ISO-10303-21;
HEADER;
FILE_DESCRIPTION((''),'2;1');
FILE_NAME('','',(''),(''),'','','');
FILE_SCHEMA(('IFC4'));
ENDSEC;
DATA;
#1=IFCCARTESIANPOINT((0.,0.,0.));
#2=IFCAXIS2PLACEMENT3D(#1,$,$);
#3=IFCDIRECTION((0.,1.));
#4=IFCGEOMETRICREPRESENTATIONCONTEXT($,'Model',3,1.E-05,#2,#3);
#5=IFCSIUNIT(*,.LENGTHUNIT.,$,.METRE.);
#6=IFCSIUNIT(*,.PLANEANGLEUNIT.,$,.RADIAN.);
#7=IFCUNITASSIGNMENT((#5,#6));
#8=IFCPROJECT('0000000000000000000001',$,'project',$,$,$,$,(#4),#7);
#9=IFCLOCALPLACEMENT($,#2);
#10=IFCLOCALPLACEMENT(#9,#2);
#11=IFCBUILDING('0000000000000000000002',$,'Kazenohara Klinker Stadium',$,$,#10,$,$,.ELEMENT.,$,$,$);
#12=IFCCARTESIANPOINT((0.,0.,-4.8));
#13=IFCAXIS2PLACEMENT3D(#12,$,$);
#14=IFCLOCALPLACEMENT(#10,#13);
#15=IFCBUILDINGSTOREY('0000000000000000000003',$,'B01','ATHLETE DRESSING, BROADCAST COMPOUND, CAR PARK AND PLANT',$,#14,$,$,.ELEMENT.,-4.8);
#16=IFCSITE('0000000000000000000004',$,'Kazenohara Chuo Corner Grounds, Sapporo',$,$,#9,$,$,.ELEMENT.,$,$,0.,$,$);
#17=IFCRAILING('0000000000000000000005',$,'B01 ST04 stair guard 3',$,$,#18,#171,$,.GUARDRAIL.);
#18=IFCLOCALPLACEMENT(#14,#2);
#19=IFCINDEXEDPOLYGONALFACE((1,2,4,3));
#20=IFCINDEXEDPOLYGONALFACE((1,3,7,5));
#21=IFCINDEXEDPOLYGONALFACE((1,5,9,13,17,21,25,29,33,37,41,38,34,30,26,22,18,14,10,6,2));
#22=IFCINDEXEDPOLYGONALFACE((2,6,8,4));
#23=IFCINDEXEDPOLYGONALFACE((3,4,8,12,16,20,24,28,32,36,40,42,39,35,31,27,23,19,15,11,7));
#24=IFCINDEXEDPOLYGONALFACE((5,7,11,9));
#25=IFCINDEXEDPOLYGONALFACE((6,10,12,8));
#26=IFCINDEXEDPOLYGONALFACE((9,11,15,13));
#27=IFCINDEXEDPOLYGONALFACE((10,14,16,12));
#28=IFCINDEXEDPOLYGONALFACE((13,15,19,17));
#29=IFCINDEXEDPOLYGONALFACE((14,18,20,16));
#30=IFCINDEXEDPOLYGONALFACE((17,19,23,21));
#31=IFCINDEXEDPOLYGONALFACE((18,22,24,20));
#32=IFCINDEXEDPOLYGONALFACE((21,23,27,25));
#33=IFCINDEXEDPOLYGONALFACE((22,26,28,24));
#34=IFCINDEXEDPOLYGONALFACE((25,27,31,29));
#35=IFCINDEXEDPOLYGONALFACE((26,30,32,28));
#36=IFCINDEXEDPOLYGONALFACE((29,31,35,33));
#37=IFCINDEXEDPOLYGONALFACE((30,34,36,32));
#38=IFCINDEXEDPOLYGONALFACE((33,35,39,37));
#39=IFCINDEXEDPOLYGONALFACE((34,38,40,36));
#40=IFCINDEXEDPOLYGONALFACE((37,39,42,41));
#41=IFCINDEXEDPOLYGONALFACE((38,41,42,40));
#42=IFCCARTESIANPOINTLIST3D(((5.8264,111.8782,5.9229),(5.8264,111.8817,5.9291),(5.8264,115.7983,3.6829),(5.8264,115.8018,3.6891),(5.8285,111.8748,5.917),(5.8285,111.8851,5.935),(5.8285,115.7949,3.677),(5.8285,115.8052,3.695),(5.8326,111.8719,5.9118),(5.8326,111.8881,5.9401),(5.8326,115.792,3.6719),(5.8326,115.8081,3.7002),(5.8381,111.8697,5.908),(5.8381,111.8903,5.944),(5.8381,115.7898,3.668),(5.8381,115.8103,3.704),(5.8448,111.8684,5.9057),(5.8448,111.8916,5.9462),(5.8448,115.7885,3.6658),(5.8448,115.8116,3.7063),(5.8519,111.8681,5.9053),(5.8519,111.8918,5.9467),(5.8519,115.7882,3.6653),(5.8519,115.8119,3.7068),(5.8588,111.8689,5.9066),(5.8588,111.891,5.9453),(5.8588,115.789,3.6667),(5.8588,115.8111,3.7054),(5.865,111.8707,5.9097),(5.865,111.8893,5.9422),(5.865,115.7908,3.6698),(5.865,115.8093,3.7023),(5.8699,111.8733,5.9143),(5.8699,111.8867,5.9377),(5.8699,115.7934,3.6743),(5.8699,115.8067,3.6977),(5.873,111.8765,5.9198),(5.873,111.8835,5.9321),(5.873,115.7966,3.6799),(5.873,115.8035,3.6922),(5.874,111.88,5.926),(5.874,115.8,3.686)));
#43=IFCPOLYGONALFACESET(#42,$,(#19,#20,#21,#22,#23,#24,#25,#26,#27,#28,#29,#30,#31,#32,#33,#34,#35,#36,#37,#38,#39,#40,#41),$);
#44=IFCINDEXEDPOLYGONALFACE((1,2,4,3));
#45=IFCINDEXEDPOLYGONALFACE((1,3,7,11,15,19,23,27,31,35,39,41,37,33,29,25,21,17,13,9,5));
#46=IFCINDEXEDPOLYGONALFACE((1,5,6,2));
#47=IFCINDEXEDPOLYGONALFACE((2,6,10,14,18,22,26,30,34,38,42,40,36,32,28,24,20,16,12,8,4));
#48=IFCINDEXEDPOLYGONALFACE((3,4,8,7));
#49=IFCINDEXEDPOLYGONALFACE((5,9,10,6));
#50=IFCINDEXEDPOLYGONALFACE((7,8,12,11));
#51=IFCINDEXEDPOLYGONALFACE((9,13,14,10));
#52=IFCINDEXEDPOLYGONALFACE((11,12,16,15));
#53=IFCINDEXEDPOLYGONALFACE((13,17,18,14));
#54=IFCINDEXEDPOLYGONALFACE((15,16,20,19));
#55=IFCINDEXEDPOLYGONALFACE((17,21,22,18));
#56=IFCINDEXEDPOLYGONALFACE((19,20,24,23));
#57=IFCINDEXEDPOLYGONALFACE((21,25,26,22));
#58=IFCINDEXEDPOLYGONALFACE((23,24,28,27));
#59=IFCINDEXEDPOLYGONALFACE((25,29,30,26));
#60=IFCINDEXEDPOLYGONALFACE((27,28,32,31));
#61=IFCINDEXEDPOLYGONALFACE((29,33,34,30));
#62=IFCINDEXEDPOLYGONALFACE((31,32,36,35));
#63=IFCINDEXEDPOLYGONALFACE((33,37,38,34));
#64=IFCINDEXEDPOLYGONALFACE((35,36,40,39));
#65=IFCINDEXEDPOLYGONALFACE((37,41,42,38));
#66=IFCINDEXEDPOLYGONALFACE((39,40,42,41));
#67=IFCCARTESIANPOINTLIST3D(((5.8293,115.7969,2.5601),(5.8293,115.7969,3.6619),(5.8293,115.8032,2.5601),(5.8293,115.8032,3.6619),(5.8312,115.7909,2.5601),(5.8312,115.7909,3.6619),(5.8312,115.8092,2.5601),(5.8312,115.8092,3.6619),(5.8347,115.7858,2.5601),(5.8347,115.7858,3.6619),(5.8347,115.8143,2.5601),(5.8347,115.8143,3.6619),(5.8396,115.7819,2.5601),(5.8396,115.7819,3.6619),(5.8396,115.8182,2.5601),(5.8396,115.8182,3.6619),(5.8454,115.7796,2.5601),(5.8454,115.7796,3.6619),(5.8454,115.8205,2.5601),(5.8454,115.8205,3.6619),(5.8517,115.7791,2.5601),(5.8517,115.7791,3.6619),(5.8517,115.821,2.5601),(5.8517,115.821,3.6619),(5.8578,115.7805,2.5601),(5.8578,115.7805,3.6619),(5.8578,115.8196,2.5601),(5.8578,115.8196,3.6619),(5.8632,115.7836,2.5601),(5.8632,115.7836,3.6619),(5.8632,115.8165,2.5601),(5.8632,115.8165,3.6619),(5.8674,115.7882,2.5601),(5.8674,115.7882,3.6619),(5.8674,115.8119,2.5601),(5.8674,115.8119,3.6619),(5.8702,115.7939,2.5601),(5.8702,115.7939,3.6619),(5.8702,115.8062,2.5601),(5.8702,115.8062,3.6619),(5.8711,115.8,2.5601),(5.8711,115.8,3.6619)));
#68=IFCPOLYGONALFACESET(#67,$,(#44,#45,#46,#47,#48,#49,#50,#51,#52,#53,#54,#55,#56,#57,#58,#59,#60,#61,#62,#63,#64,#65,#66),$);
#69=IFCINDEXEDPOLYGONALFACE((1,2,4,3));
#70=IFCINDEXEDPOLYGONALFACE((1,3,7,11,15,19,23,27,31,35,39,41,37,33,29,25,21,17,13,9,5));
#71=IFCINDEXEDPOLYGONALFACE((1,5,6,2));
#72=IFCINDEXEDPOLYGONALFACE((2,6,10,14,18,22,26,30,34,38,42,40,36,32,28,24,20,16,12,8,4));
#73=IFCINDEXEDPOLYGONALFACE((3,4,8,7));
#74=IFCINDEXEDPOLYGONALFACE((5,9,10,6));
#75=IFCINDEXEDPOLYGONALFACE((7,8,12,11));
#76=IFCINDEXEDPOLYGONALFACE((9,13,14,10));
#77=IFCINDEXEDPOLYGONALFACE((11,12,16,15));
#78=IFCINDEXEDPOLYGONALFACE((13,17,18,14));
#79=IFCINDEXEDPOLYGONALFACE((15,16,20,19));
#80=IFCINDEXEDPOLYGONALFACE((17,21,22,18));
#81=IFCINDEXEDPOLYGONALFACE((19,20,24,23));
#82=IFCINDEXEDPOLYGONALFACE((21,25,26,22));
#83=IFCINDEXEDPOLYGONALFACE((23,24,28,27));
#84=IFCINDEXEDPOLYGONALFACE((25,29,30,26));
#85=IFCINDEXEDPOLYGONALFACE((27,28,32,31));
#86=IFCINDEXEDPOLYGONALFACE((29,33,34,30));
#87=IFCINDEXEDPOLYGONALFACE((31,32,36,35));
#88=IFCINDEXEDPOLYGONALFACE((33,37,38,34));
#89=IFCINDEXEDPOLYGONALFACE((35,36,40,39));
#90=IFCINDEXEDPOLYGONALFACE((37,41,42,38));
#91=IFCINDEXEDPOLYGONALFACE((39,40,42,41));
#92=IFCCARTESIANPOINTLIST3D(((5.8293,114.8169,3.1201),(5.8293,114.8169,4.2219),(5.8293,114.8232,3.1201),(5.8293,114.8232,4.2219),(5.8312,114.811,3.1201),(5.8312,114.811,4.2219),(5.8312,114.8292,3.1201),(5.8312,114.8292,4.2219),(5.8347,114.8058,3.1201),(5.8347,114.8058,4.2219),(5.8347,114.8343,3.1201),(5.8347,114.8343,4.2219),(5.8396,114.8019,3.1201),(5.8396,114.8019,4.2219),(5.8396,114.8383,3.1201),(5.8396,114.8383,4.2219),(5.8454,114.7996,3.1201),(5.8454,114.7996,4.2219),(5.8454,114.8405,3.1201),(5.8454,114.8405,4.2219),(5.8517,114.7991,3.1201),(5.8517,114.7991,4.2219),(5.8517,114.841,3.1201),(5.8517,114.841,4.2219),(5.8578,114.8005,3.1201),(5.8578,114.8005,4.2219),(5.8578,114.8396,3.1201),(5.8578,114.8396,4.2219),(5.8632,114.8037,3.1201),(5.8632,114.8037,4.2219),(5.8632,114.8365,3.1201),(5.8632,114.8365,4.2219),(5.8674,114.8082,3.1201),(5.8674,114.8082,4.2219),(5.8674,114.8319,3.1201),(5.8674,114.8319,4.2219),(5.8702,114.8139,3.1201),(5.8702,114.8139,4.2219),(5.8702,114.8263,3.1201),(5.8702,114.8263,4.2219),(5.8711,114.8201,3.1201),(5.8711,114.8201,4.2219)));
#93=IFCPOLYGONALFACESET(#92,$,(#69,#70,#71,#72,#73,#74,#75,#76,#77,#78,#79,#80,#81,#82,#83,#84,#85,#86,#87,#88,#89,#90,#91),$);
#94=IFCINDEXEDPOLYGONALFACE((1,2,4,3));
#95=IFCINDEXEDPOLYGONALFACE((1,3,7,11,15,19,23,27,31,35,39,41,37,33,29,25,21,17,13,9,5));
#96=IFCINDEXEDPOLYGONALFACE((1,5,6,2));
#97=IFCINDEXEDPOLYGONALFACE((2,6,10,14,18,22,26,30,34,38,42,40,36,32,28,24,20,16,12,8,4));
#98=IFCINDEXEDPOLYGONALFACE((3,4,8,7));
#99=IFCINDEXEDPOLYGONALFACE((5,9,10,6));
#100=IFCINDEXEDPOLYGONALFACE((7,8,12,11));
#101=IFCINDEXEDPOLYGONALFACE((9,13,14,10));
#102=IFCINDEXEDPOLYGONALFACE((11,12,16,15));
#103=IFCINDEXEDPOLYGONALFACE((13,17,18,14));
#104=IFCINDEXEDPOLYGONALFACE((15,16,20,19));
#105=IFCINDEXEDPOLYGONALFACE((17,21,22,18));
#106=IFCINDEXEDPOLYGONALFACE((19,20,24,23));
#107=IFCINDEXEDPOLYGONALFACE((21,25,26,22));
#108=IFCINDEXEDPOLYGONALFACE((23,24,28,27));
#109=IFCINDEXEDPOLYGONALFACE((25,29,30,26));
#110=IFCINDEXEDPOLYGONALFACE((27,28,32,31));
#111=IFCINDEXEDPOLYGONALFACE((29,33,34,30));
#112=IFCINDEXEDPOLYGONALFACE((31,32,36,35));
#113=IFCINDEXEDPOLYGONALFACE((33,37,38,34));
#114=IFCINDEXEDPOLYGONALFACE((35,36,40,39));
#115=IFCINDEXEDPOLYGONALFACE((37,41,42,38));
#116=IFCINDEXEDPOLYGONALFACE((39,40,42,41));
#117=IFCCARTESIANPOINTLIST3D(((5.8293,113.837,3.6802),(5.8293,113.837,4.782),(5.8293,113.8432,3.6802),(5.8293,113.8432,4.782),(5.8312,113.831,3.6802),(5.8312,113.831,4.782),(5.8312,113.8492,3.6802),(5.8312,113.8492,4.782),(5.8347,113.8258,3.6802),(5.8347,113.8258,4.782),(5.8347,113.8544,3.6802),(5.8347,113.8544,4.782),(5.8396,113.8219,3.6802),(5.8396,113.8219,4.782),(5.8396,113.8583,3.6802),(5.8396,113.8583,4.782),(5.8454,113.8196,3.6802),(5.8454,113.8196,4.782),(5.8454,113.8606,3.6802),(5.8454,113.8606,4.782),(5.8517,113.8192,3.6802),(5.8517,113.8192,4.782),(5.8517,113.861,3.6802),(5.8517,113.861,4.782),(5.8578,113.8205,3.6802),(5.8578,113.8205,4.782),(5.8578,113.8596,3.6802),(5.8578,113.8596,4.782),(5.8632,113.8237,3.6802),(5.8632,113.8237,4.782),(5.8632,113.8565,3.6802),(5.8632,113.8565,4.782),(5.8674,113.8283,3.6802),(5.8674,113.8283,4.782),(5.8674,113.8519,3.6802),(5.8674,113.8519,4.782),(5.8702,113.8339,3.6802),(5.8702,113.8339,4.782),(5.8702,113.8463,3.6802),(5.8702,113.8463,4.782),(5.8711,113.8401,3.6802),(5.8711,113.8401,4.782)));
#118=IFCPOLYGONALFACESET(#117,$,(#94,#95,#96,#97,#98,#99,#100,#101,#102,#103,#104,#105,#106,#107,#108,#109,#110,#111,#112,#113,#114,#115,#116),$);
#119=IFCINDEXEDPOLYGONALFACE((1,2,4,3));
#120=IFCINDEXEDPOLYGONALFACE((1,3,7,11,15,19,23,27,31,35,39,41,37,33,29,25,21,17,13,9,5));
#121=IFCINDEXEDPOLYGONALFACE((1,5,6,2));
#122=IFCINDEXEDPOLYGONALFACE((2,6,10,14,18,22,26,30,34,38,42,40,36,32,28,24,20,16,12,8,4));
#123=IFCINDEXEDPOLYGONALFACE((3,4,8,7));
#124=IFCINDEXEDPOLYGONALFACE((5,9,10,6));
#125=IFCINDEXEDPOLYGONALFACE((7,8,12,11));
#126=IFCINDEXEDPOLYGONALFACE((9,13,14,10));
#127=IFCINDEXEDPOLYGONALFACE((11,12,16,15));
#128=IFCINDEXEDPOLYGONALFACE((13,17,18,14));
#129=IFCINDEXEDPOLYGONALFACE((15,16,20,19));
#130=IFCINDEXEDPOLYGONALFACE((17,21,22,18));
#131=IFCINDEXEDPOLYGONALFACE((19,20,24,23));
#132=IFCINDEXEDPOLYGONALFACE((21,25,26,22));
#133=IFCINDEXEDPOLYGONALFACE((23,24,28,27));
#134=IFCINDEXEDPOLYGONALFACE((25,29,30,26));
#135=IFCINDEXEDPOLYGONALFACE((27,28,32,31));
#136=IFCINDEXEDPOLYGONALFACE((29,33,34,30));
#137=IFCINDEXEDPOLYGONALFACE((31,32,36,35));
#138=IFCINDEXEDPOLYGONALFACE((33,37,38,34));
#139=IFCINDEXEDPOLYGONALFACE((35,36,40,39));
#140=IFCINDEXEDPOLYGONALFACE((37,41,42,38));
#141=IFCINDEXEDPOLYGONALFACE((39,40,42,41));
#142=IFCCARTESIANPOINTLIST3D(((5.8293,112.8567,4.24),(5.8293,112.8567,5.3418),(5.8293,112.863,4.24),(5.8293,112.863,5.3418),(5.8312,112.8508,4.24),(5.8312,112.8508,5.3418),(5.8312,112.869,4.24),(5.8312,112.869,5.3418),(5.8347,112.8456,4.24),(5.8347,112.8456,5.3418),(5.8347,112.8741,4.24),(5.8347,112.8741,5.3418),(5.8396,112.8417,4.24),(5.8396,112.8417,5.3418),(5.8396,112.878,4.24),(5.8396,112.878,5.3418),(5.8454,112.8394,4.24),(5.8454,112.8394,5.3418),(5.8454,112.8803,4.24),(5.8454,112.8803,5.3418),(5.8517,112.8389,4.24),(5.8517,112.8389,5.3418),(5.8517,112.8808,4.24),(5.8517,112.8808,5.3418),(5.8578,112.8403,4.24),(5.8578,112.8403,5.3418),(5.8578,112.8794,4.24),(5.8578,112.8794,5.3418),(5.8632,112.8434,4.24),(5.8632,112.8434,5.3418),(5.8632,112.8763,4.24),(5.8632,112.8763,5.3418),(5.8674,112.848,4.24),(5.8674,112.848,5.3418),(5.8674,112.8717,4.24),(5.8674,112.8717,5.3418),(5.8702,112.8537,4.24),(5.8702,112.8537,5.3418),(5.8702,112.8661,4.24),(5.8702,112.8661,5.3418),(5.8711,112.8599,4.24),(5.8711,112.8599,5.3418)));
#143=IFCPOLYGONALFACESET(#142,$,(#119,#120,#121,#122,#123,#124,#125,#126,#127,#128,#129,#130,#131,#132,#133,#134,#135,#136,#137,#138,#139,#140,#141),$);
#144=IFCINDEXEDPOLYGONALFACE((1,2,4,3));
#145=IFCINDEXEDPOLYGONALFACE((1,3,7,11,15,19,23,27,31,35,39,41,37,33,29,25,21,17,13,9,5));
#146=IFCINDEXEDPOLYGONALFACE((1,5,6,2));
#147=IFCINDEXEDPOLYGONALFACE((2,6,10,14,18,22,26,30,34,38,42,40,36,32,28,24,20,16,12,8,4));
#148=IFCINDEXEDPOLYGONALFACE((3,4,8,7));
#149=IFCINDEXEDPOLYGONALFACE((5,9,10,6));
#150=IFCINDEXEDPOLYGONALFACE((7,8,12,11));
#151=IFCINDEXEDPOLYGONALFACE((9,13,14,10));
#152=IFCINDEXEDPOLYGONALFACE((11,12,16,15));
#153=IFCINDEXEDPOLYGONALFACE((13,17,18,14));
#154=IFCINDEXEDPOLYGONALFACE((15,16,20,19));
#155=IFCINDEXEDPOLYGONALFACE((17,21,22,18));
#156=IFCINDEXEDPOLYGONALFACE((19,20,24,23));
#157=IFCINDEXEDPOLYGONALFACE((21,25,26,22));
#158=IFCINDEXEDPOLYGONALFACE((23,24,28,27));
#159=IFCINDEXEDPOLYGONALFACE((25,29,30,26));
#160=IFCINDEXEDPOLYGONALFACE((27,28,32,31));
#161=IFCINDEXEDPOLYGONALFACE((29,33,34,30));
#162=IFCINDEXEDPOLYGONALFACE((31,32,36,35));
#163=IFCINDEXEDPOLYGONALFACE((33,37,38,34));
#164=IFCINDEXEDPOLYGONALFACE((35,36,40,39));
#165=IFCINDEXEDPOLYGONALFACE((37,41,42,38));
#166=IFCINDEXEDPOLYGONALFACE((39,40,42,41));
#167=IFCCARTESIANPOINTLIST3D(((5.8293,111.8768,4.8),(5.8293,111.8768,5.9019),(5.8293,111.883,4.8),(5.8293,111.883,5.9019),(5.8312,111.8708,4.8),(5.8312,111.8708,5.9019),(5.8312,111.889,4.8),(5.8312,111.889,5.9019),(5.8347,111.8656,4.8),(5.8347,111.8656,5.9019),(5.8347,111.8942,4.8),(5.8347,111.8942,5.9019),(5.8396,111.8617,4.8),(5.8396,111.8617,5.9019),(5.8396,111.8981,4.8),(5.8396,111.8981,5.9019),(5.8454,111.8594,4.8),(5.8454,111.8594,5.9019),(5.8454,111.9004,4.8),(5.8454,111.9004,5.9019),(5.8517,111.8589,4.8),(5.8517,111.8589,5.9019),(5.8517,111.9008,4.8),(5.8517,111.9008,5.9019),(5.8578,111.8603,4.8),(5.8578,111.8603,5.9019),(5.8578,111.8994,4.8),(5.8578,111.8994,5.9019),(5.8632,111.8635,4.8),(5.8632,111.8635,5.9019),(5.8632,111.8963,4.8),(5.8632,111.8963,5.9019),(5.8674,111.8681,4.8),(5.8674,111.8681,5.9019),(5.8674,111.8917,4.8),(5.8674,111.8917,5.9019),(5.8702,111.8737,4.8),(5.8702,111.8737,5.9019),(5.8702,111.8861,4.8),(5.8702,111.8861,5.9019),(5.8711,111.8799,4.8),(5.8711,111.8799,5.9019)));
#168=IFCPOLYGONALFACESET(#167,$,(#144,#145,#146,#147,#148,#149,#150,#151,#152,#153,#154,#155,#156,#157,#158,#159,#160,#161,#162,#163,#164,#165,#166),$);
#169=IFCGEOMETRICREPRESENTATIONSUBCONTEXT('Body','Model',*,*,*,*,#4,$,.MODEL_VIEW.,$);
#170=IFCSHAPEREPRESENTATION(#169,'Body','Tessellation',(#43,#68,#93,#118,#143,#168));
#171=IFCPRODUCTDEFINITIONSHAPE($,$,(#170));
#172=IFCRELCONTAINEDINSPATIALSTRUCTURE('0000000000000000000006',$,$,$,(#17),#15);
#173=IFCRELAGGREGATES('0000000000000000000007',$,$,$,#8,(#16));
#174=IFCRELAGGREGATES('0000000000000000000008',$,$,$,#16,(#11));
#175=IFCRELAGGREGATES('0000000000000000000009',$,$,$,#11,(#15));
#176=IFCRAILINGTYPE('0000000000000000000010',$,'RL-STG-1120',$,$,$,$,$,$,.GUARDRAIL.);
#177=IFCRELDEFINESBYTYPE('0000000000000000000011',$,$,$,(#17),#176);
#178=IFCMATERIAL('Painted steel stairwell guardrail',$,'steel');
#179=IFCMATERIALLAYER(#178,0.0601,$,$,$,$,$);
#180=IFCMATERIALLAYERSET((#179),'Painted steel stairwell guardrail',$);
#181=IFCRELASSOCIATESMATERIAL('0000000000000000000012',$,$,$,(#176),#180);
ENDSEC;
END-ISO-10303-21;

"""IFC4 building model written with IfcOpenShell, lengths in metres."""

from ifc_helpers import new_model, si_unit, direction, frame, origin, origin_2d, place, context, subcontext, project, spatial, circle, extrude, material, layer, layer_set, type_object, element, save


model = new_model("IFC4")

# Units and contexts
model_context = context("Model", 3, precision=1e-05, world=origin(), true_north=direction((0.0, 1.0)))
body_context = subcontext(model_context, "Body", "Model", "MODEL_VIEW")
ifc_project = project(units=[si_unit("LENGTHUNIT", "METRE"), si_unit("PLANEANGLEUNIT", "RADIAN")], contexts=[model_context])

# Site, building, storey
site_placement = place(None, origin())
site = spatial("IfcSite", under=ifc_project, at=site_placement, Name="Kazenohara Chuo Corner Grounds, Sapporo", CompositionType="ELEMENT", RefElevation=0.0)
building_placement = place(site_placement, origin())
building = spatial("IfcBuilding", under=site, at=building_placement, Name="Kazenohara Klinker Stadium", CompositionType="ELEMENT")
storey_placement = place(building_placement, frame((0.0, 0.0, -4.8)))
storey = spatial("IfcBuildingStorey", under=building, at=storey_placement, Name="B01", Description="ATHLETE DRESSING, BROADCAST COMPOUND, CAR PARK AND PLANT", CompositionType="ELEMENT", Elevation=-4.8)

# Railing
ifc_material_1 = material(Name="Painted steel stairwell guardrail", Category="steel")
ifc_layer_1 = layer(ifc_material_1, 0.0601)
ifc_layer_set_1 = layer_set([ifc_layer_1], Name="Painted steel stairwell guardrail")
railing_type_1 = type_object("IfcRailingType", Name="RL-STG-1120", PredefinedType="GUARDRAIL", material=ifc_layer_set_1)
railing_1_placement = place(storey_placement, frame((5.8501, 115.8, 2.5601)))
element("IfcRailing", 1, at=railing_1_placement, inside=storey, type_object=railing_type_1, Name="B01 ST04 stair guard 3", PredefinedType="GUARDRAIL", context=body_context, shape_type="SweptSolid", body=[
    extrude(circle(Radius=0.0239, at=origin_2d()), frame((0.0, 0.0, 1.126), z_axis=(0.0, -0.868253, 0.496121), x_axis=(1.0, 0.0, 0.0)), (0.0, 0.0, 1.0), 4.5149),
    extrude(circle(Radius=0.021, at=origin_2d()), origin(), (0.0, 0.0, 1.0), 1.1018),
    extrude(circle(Radius=0.021, at=origin_2d()), frame((0.0, -0.98, 0.5601)), (0.0, 0.0, 1.0), 1.1018),
    extrude(circle(Radius=0.021, at=origin_2d()), frame((0.0, -1.96, 1.1201)), (0.0, 0.0, 1.0), 1.1018),
    extrude(circle(Radius=0.021, at=origin_2d()), frame((0.0, -2.9402, 1.6799)), (0.0, 0.0, 1.0), 1.1018),
    extrude(circle(Radius=0.021, at=origin_2d()), frame((0.0, -3.9202, 2.24)), (0.0, 0.0, 1.0), 1.1018),
])

save(model, "model.ifc")
